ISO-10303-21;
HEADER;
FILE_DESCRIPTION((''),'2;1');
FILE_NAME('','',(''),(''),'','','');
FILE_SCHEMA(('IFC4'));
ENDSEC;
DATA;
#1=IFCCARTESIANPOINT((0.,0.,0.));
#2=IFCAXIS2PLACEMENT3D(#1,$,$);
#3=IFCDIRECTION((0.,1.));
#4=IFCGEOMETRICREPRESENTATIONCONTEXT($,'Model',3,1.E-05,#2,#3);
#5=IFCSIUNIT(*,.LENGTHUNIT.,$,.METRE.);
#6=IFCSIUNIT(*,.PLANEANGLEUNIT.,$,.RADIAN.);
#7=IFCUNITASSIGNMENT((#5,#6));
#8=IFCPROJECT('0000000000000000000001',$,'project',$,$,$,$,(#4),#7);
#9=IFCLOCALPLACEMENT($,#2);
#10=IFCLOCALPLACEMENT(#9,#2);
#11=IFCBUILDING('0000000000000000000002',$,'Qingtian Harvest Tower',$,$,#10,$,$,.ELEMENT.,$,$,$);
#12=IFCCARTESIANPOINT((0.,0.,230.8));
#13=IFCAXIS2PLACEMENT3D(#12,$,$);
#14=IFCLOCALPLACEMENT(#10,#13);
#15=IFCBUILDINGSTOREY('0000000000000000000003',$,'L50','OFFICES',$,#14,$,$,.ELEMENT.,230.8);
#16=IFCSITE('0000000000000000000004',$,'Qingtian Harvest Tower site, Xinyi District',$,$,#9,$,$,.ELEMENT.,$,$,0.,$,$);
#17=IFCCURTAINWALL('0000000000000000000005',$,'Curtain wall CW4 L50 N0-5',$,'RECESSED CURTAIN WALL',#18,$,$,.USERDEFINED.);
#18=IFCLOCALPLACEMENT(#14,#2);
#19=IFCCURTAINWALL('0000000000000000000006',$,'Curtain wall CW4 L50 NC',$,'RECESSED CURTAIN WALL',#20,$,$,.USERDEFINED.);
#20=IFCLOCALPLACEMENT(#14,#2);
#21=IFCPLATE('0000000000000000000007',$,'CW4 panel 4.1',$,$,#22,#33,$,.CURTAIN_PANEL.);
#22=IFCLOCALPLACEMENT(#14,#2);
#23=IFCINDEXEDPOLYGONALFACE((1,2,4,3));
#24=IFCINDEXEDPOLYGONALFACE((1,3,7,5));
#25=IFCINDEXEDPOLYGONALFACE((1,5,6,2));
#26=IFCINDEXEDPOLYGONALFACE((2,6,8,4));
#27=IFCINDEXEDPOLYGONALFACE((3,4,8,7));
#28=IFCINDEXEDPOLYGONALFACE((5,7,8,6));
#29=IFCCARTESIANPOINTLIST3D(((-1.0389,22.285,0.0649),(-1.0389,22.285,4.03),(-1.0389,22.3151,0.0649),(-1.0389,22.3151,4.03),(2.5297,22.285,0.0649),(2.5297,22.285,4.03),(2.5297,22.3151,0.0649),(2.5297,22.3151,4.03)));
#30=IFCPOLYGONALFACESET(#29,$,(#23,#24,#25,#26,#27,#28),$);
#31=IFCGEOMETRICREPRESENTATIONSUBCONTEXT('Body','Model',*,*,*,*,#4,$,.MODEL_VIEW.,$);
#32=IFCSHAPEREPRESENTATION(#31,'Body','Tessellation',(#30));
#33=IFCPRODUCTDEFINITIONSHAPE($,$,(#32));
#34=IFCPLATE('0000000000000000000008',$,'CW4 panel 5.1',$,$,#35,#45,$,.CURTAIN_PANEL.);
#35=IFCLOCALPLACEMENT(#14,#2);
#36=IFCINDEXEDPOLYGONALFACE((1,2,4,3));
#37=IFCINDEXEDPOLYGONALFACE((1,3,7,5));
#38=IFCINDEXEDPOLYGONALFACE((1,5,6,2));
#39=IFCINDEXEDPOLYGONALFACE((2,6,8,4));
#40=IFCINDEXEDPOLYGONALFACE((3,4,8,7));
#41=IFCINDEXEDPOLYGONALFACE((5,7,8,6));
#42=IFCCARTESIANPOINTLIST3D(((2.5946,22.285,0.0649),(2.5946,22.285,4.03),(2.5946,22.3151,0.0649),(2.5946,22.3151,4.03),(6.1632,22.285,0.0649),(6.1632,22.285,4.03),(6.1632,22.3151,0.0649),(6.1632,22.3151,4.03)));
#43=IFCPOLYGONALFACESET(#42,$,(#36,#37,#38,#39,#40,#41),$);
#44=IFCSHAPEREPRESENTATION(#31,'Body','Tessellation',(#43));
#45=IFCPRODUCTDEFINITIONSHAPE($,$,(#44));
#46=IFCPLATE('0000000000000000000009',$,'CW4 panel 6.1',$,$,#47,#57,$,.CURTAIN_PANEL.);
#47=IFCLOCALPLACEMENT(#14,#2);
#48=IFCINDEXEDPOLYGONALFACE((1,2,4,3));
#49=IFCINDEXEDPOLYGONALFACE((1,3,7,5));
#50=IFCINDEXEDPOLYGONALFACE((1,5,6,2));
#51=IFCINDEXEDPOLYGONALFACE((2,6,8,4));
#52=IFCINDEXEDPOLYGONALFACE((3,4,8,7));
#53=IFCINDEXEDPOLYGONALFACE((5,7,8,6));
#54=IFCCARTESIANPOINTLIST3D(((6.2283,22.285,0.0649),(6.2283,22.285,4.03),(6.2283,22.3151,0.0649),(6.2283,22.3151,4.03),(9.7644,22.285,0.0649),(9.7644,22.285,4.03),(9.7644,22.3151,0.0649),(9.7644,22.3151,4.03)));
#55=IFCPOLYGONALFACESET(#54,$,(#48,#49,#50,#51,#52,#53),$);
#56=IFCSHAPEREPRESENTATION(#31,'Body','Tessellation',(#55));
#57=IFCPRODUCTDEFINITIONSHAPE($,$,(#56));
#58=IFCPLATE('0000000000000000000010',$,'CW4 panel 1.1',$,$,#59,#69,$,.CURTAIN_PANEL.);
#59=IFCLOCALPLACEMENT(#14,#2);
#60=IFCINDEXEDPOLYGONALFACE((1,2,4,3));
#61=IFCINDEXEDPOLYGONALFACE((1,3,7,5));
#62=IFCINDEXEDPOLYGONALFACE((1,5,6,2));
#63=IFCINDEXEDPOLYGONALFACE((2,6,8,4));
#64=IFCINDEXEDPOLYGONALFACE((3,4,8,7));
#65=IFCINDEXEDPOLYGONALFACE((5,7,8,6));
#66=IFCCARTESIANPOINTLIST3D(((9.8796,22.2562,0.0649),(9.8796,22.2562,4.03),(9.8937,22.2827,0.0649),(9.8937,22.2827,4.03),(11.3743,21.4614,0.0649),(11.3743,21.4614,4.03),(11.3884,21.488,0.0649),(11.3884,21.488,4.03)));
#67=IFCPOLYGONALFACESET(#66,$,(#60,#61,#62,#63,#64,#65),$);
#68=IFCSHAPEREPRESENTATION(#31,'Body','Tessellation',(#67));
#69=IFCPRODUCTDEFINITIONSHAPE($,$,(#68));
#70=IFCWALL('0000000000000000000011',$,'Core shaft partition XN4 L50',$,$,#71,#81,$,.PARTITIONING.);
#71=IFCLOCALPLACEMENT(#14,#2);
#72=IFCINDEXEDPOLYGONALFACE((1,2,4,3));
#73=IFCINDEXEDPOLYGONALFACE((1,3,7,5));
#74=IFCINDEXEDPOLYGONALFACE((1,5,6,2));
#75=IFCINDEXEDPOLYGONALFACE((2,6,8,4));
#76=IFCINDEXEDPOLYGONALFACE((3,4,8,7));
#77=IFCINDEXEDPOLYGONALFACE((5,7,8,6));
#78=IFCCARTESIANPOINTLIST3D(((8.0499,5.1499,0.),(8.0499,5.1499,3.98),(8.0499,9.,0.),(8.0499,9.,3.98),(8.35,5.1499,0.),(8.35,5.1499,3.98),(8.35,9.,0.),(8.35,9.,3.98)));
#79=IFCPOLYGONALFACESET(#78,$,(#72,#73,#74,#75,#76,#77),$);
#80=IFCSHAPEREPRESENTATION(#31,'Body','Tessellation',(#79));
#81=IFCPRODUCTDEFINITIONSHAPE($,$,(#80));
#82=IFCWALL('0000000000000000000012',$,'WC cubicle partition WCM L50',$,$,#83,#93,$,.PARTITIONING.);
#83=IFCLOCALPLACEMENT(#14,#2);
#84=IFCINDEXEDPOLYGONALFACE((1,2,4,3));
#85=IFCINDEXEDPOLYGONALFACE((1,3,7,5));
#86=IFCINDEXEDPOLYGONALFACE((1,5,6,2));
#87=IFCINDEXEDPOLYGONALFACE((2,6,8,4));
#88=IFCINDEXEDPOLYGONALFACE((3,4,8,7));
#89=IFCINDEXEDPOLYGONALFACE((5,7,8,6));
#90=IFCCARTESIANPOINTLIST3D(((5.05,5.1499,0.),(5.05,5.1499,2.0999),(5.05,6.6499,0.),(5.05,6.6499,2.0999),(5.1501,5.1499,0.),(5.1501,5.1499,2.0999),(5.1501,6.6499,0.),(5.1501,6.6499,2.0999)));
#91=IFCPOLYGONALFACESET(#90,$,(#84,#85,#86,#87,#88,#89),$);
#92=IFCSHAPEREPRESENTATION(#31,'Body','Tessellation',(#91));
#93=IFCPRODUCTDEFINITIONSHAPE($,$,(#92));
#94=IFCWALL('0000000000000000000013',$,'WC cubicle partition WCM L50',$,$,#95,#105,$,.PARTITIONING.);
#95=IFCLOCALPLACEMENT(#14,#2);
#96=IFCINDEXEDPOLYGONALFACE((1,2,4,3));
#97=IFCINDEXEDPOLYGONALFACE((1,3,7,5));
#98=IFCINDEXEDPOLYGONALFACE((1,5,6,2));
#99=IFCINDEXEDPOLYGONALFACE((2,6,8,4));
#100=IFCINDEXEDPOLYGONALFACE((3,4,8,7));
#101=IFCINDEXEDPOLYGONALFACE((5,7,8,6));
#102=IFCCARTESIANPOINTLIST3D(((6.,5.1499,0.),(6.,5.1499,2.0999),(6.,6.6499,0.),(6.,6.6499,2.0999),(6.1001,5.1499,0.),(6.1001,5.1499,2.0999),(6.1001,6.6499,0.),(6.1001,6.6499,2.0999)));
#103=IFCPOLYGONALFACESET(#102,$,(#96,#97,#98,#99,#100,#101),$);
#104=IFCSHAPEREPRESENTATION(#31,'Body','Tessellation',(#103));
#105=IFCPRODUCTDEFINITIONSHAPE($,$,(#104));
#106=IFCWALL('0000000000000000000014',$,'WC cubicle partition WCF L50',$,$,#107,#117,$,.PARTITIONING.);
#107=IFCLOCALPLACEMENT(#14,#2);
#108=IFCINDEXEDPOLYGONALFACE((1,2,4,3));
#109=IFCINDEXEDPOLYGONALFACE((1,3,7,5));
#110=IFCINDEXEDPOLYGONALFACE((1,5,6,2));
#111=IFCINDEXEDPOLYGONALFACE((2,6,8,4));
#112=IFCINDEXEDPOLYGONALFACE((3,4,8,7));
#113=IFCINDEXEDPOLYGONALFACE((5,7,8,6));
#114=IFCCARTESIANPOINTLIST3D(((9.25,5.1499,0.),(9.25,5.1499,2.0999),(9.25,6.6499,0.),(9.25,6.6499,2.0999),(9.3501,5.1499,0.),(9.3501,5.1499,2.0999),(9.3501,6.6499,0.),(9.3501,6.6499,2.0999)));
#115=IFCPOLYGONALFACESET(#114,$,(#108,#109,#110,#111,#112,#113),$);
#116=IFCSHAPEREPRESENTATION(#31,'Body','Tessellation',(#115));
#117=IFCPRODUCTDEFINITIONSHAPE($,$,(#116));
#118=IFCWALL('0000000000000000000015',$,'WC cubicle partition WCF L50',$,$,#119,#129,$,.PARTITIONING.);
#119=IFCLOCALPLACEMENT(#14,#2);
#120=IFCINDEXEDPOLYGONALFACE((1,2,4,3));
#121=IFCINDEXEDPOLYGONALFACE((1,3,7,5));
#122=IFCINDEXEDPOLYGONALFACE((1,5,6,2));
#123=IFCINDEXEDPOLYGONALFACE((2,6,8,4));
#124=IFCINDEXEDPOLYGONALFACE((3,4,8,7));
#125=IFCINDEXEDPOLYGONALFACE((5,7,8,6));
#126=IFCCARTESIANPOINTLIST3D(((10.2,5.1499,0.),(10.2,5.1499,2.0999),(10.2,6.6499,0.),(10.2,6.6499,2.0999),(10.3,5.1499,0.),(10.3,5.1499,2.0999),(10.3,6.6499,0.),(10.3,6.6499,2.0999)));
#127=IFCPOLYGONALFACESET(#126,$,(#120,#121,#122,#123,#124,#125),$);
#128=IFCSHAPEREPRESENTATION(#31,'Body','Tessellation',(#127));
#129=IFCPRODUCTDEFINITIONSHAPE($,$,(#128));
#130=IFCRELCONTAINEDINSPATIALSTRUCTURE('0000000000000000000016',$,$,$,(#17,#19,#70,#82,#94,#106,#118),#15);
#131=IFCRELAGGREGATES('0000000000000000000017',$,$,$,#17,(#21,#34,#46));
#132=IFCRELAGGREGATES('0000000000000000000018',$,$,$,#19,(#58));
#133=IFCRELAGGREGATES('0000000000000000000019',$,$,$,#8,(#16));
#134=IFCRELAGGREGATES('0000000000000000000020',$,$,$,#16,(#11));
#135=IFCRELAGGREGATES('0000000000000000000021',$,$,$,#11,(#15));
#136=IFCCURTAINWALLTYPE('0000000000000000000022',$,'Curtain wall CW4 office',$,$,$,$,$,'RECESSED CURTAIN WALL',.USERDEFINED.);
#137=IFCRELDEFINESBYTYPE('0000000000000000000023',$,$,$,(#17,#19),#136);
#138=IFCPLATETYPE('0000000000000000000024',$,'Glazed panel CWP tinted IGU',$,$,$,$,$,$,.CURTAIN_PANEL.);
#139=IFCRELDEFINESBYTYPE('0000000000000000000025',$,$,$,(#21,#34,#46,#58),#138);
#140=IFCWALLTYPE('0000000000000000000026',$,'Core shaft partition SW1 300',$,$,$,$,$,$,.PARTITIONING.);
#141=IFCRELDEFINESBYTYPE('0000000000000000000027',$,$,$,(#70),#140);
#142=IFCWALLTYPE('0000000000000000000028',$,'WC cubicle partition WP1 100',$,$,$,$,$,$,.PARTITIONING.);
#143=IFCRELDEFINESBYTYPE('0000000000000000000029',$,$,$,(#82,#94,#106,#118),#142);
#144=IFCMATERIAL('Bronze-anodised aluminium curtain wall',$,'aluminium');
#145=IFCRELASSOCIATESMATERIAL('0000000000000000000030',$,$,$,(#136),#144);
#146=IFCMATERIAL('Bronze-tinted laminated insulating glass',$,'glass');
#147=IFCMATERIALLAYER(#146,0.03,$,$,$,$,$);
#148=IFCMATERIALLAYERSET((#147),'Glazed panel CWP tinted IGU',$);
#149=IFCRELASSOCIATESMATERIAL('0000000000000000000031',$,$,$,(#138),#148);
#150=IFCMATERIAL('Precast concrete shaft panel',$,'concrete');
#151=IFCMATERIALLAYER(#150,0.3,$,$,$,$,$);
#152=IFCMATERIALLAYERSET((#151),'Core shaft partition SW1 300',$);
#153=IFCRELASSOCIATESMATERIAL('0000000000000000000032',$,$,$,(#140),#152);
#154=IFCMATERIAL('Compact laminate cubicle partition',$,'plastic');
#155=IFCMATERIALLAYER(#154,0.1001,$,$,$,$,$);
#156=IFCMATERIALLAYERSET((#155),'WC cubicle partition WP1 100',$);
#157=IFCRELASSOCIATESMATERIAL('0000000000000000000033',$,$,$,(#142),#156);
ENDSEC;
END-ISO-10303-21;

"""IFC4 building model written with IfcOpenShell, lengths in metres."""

from ifc_helpers import new_model, si_unit, direction, frame, frame_2d, origin, origin_2d, place, context, subcontext, project, spatial, rectangle, extrude, material, layer, layer_set, type_object, element, aggregate, save


model = new_model("IFC4")

# Units and contexts
model_context = context("Model", 3, precision=1e-05, world=origin(), true_north=direction((0.0, 1.0)))
body_context = subcontext(model_context, "Body", "Model", "MODEL_VIEW")
ifc_project = project(units=[si_unit("LENGTHUNIT", "METRE"), si_unit("PLANEANGLEUNIT", "RADIAN")], contexts=[model_context])

# Site, building, storey
site_placement = place(None, origin())
site = spatial("IfcSite", under=ifc_project, at=site_placement, Name="Qingtian Harvest Tower site, Xinyi District", CompositionType="ELEMENT", RefElevation=0.0)
building_placement = place(site_placement, origin())
building = spatial("IfcBuilding", under=site, at=building_placement, Name="Qingtian Harvest Tower", CompositionType="ELEMENT")
storey_placement = place(building_placement, frame((0.0, 0.0, 230.8)))
storey = spatial("IfcBuildingStorey", under=building, at=storey_placement, Name="L50", Description="OFFICES", CompositionType="ELEMENT", Elevation=230.8)

# Curtain walls
ifc_material_1 = material(Name="Bronze-anodised aluminium curtain wall", Category="aluminium")
curtain_wall_type = type_object("IfcCurtainWallType", Name="Curtain wall CW4 office", ElementType="RECESSED CURTAIN WALL", PredefinedType="USERDEFINED", material=ifc_material_1)
curtain_wall_1_placement = place(storey_placement, origin())
curtain_wall_1 = element("IfcCurtainWall", 1, at=curtain_wall_1_placement, inside=storey, type_object=curtain_wall_type, Name="Curtain wall CW4 L50 N0-5", ObjectType="RECESSED CURTAIN WALL", PredefinedType="USERDEFINED")
curtain_wall_2_placement = place(storey_placement, origin())
curtain_wall_2 = element("IfcCurtainWall", 2, at=curtain_wall_2_placement, inside=storey, type_object=curtain_wall_type, Name="Curtain wall CW4 L50 NC", ObjectType="RECESSED CURTAIN WALL", PredefinedType="USERDEFINED")

# Plates
ifc_material_2 = material(Name="Bronze-tinted laminated insulating glass", Category="glass")
ifc_layer_1 = layer(ifc_material_2, 0.03)
ifc_layer_set_1 = layer_set([ifc_layer_1], Name="Glazed panel CWP tinted IGU")
plate_type = type_object("IfcPlateType", Name="Glazed panel CWP tinted IGU", PredefinedType="CURTAIN_PANEL", material=ifc_layer_set_1)
plate_1_placement = place(storey_placement, frame((0.7454, 22.3, 0.0649), z_axis=(0.0, 0.0, 1.0), x_axis=(1.0, 0.0, 0.0)))
plate_1 = element("IfcPlate", 3, at=plate_1_placement, type_object=plate_type, Name="CW4 panel 4.1", PredefinedType="CURTAIN_PANEL", context=body_context, shape_type="SweptSolid", body=[
    extrude(rectangle(XDim=3.5686, YDim=0.03, at=origin_2d()), origin(), (0.0, 0.0, 1.0), 3.9651),
])
plate_2_placement = place(storey_placement, frame((4.3789, 22.3, 0.0649), z_axis=(0.0, 0.0, 1.0), x_axis=(1.0, 0.0, 0.0)))
plate_2 = element("IfcPlate", 4, at=plate_2_placement, type_object=plate_type, Name="CW4 panel 5.1", PredefinedType="CURTAIN_PANEL", context=body_context, shape_type="SweptSolid", body=[
    extrude(rectangle(XDim=3.5686, YDim=0.03, at=origin_2d()), origin(), (0.0, 0.0, 1.0), 3.9651),
])
plate_3_placement = place(storey_placement, frame((7.9963, 22.3, 0.0649), z_axis=(0.0, 0.0, 1.0), x_axis=(1.0, 0.0, 0.0)))
plate_3 = element("IfcPlate", 5, at=plate_3_placement, type_object=plate_type, Name="CW4 panel 6.1", PredefinedType="CURTAIN_PANEL", context=body_context, shape_type="SweptSolid", body=[
    extrude(rectangle(XDim=3.5361, YDim=0.03, at=origin_2d()), origin(), (0.0, 0.0, 1.0), 3.9651),
])
aggregate(curtain_wall_1, [plate_1, plate_2, plate_3])
plate_4_placement = place(storey_placement, frame((10.634, 21.8721, 0.0649), z_axis=(0.0, 0.0, 1.0), x_axis=(0.882948, -0.469472, 0.0)))
plate_4 = element("IfcPlate", 6, at=plate_4_placement, type_object=plate_type, Name="CW4 panel 1.1", PredefinedType="CURTAIN_PANEL", context=body_context, shape_type="SweptSolid", body=[
    extrude(rectangle(XDim=1.6929, YDim=0.03, at=origin_2d()), origin(), (0.0, 0.0, 1.0), 3.9651),
])
aggregate(curtain_wall_2, [plate_4])

# Walls
ifc_material_3 = material(Name="Precast concrete shaft panel", Category="concrete")
ifc_layer_2 = layer(ifc_material_3, 0.3)
ifc_layer_set_2 = layer_set([ifc_layer_2], Name="Core shaft partition SW1 300")
wall_type_1 = type_object("IfcWallType", Name="Core shaft partition SW1 300", PredefinedType="PARTITIONING", material=ifc_layer_set_2)
wall_placement = place(storey_placement, frame((8.2, 5.1499, 0.0), z_axis=(0.0, 0.0, 1.0), x_axis=(0.0, 1.0, 0.0)))
element("IfcWall", 7, at=wall_placement, inside=storey, type_object=wall_type_1, Name="Core shaft partition XN4 L50", PredefinedType="PARTITIONING", context=body_context, shape_type="SweptSolid", body=[
    extrude(rectangle(XDim=3.8501, YDim=0.3, at=frame_2d((1.925, 0.0))), origin(), (0.0, 0.0, 1.0), 3.98),
])
ifc_material_4 = material(Name="Compact laminate cubicle partition", Category="plastic")
ifc_layer_3 = layer(ifc_material_4, 0.1001)
ifc_layer_set_3 = layer_set([ifc_layer_3], Name="WC cubicle partition WP1 100")
wall_type_2 = type_object("IfcWallType", Name="WC cubicle partition WP1 100", PredefinedType="PARTITIONING", material=ifc_layer_set_3)
for number, where, z_axis, x_axis, name in (
    (8, (5.1001, 5.1499, 0.0), (0.0, 0.0, 1.0), (0.0, 1.0, 0.0), "WC cubicle partition WCM L50"),
    (9, (6.05, 5.1499, 0.0), (0.0, 0.0, 1.0), (0.0, 1.0, 0.0), "WC cubicle partition WCM L50"),
    (10, (9.3, 5.1499, 0.0), (0.0, 0.0, 1.0), (0.0, 1.0, 0.0), "WC cubicle partition WCF L50"),
    (11, (10.25, 5.1499, 0.0), (0.0, 0.0, 1.0), (0.0, 1.0, 0.0), "WC cubicle partition WCF L50"),
):
    element("IfcWall", number, at=place(storey_placement, frame(where, z_axis=z_axis, x_axis=x_axis)), inside=storey, type_object=wall_type_2, Name=name, PredefinedType="PARTITIONING", context=body_context, shape_type="SweptSolid", body=[
        extrude(rectangle(XDim=1.5, YDim=0.1001, at=frame_2d((0.75, 0.0))), origin(), (0.0, 0.0, 1.0), 2.0999),
    ])

save(model, "model.ifc")
